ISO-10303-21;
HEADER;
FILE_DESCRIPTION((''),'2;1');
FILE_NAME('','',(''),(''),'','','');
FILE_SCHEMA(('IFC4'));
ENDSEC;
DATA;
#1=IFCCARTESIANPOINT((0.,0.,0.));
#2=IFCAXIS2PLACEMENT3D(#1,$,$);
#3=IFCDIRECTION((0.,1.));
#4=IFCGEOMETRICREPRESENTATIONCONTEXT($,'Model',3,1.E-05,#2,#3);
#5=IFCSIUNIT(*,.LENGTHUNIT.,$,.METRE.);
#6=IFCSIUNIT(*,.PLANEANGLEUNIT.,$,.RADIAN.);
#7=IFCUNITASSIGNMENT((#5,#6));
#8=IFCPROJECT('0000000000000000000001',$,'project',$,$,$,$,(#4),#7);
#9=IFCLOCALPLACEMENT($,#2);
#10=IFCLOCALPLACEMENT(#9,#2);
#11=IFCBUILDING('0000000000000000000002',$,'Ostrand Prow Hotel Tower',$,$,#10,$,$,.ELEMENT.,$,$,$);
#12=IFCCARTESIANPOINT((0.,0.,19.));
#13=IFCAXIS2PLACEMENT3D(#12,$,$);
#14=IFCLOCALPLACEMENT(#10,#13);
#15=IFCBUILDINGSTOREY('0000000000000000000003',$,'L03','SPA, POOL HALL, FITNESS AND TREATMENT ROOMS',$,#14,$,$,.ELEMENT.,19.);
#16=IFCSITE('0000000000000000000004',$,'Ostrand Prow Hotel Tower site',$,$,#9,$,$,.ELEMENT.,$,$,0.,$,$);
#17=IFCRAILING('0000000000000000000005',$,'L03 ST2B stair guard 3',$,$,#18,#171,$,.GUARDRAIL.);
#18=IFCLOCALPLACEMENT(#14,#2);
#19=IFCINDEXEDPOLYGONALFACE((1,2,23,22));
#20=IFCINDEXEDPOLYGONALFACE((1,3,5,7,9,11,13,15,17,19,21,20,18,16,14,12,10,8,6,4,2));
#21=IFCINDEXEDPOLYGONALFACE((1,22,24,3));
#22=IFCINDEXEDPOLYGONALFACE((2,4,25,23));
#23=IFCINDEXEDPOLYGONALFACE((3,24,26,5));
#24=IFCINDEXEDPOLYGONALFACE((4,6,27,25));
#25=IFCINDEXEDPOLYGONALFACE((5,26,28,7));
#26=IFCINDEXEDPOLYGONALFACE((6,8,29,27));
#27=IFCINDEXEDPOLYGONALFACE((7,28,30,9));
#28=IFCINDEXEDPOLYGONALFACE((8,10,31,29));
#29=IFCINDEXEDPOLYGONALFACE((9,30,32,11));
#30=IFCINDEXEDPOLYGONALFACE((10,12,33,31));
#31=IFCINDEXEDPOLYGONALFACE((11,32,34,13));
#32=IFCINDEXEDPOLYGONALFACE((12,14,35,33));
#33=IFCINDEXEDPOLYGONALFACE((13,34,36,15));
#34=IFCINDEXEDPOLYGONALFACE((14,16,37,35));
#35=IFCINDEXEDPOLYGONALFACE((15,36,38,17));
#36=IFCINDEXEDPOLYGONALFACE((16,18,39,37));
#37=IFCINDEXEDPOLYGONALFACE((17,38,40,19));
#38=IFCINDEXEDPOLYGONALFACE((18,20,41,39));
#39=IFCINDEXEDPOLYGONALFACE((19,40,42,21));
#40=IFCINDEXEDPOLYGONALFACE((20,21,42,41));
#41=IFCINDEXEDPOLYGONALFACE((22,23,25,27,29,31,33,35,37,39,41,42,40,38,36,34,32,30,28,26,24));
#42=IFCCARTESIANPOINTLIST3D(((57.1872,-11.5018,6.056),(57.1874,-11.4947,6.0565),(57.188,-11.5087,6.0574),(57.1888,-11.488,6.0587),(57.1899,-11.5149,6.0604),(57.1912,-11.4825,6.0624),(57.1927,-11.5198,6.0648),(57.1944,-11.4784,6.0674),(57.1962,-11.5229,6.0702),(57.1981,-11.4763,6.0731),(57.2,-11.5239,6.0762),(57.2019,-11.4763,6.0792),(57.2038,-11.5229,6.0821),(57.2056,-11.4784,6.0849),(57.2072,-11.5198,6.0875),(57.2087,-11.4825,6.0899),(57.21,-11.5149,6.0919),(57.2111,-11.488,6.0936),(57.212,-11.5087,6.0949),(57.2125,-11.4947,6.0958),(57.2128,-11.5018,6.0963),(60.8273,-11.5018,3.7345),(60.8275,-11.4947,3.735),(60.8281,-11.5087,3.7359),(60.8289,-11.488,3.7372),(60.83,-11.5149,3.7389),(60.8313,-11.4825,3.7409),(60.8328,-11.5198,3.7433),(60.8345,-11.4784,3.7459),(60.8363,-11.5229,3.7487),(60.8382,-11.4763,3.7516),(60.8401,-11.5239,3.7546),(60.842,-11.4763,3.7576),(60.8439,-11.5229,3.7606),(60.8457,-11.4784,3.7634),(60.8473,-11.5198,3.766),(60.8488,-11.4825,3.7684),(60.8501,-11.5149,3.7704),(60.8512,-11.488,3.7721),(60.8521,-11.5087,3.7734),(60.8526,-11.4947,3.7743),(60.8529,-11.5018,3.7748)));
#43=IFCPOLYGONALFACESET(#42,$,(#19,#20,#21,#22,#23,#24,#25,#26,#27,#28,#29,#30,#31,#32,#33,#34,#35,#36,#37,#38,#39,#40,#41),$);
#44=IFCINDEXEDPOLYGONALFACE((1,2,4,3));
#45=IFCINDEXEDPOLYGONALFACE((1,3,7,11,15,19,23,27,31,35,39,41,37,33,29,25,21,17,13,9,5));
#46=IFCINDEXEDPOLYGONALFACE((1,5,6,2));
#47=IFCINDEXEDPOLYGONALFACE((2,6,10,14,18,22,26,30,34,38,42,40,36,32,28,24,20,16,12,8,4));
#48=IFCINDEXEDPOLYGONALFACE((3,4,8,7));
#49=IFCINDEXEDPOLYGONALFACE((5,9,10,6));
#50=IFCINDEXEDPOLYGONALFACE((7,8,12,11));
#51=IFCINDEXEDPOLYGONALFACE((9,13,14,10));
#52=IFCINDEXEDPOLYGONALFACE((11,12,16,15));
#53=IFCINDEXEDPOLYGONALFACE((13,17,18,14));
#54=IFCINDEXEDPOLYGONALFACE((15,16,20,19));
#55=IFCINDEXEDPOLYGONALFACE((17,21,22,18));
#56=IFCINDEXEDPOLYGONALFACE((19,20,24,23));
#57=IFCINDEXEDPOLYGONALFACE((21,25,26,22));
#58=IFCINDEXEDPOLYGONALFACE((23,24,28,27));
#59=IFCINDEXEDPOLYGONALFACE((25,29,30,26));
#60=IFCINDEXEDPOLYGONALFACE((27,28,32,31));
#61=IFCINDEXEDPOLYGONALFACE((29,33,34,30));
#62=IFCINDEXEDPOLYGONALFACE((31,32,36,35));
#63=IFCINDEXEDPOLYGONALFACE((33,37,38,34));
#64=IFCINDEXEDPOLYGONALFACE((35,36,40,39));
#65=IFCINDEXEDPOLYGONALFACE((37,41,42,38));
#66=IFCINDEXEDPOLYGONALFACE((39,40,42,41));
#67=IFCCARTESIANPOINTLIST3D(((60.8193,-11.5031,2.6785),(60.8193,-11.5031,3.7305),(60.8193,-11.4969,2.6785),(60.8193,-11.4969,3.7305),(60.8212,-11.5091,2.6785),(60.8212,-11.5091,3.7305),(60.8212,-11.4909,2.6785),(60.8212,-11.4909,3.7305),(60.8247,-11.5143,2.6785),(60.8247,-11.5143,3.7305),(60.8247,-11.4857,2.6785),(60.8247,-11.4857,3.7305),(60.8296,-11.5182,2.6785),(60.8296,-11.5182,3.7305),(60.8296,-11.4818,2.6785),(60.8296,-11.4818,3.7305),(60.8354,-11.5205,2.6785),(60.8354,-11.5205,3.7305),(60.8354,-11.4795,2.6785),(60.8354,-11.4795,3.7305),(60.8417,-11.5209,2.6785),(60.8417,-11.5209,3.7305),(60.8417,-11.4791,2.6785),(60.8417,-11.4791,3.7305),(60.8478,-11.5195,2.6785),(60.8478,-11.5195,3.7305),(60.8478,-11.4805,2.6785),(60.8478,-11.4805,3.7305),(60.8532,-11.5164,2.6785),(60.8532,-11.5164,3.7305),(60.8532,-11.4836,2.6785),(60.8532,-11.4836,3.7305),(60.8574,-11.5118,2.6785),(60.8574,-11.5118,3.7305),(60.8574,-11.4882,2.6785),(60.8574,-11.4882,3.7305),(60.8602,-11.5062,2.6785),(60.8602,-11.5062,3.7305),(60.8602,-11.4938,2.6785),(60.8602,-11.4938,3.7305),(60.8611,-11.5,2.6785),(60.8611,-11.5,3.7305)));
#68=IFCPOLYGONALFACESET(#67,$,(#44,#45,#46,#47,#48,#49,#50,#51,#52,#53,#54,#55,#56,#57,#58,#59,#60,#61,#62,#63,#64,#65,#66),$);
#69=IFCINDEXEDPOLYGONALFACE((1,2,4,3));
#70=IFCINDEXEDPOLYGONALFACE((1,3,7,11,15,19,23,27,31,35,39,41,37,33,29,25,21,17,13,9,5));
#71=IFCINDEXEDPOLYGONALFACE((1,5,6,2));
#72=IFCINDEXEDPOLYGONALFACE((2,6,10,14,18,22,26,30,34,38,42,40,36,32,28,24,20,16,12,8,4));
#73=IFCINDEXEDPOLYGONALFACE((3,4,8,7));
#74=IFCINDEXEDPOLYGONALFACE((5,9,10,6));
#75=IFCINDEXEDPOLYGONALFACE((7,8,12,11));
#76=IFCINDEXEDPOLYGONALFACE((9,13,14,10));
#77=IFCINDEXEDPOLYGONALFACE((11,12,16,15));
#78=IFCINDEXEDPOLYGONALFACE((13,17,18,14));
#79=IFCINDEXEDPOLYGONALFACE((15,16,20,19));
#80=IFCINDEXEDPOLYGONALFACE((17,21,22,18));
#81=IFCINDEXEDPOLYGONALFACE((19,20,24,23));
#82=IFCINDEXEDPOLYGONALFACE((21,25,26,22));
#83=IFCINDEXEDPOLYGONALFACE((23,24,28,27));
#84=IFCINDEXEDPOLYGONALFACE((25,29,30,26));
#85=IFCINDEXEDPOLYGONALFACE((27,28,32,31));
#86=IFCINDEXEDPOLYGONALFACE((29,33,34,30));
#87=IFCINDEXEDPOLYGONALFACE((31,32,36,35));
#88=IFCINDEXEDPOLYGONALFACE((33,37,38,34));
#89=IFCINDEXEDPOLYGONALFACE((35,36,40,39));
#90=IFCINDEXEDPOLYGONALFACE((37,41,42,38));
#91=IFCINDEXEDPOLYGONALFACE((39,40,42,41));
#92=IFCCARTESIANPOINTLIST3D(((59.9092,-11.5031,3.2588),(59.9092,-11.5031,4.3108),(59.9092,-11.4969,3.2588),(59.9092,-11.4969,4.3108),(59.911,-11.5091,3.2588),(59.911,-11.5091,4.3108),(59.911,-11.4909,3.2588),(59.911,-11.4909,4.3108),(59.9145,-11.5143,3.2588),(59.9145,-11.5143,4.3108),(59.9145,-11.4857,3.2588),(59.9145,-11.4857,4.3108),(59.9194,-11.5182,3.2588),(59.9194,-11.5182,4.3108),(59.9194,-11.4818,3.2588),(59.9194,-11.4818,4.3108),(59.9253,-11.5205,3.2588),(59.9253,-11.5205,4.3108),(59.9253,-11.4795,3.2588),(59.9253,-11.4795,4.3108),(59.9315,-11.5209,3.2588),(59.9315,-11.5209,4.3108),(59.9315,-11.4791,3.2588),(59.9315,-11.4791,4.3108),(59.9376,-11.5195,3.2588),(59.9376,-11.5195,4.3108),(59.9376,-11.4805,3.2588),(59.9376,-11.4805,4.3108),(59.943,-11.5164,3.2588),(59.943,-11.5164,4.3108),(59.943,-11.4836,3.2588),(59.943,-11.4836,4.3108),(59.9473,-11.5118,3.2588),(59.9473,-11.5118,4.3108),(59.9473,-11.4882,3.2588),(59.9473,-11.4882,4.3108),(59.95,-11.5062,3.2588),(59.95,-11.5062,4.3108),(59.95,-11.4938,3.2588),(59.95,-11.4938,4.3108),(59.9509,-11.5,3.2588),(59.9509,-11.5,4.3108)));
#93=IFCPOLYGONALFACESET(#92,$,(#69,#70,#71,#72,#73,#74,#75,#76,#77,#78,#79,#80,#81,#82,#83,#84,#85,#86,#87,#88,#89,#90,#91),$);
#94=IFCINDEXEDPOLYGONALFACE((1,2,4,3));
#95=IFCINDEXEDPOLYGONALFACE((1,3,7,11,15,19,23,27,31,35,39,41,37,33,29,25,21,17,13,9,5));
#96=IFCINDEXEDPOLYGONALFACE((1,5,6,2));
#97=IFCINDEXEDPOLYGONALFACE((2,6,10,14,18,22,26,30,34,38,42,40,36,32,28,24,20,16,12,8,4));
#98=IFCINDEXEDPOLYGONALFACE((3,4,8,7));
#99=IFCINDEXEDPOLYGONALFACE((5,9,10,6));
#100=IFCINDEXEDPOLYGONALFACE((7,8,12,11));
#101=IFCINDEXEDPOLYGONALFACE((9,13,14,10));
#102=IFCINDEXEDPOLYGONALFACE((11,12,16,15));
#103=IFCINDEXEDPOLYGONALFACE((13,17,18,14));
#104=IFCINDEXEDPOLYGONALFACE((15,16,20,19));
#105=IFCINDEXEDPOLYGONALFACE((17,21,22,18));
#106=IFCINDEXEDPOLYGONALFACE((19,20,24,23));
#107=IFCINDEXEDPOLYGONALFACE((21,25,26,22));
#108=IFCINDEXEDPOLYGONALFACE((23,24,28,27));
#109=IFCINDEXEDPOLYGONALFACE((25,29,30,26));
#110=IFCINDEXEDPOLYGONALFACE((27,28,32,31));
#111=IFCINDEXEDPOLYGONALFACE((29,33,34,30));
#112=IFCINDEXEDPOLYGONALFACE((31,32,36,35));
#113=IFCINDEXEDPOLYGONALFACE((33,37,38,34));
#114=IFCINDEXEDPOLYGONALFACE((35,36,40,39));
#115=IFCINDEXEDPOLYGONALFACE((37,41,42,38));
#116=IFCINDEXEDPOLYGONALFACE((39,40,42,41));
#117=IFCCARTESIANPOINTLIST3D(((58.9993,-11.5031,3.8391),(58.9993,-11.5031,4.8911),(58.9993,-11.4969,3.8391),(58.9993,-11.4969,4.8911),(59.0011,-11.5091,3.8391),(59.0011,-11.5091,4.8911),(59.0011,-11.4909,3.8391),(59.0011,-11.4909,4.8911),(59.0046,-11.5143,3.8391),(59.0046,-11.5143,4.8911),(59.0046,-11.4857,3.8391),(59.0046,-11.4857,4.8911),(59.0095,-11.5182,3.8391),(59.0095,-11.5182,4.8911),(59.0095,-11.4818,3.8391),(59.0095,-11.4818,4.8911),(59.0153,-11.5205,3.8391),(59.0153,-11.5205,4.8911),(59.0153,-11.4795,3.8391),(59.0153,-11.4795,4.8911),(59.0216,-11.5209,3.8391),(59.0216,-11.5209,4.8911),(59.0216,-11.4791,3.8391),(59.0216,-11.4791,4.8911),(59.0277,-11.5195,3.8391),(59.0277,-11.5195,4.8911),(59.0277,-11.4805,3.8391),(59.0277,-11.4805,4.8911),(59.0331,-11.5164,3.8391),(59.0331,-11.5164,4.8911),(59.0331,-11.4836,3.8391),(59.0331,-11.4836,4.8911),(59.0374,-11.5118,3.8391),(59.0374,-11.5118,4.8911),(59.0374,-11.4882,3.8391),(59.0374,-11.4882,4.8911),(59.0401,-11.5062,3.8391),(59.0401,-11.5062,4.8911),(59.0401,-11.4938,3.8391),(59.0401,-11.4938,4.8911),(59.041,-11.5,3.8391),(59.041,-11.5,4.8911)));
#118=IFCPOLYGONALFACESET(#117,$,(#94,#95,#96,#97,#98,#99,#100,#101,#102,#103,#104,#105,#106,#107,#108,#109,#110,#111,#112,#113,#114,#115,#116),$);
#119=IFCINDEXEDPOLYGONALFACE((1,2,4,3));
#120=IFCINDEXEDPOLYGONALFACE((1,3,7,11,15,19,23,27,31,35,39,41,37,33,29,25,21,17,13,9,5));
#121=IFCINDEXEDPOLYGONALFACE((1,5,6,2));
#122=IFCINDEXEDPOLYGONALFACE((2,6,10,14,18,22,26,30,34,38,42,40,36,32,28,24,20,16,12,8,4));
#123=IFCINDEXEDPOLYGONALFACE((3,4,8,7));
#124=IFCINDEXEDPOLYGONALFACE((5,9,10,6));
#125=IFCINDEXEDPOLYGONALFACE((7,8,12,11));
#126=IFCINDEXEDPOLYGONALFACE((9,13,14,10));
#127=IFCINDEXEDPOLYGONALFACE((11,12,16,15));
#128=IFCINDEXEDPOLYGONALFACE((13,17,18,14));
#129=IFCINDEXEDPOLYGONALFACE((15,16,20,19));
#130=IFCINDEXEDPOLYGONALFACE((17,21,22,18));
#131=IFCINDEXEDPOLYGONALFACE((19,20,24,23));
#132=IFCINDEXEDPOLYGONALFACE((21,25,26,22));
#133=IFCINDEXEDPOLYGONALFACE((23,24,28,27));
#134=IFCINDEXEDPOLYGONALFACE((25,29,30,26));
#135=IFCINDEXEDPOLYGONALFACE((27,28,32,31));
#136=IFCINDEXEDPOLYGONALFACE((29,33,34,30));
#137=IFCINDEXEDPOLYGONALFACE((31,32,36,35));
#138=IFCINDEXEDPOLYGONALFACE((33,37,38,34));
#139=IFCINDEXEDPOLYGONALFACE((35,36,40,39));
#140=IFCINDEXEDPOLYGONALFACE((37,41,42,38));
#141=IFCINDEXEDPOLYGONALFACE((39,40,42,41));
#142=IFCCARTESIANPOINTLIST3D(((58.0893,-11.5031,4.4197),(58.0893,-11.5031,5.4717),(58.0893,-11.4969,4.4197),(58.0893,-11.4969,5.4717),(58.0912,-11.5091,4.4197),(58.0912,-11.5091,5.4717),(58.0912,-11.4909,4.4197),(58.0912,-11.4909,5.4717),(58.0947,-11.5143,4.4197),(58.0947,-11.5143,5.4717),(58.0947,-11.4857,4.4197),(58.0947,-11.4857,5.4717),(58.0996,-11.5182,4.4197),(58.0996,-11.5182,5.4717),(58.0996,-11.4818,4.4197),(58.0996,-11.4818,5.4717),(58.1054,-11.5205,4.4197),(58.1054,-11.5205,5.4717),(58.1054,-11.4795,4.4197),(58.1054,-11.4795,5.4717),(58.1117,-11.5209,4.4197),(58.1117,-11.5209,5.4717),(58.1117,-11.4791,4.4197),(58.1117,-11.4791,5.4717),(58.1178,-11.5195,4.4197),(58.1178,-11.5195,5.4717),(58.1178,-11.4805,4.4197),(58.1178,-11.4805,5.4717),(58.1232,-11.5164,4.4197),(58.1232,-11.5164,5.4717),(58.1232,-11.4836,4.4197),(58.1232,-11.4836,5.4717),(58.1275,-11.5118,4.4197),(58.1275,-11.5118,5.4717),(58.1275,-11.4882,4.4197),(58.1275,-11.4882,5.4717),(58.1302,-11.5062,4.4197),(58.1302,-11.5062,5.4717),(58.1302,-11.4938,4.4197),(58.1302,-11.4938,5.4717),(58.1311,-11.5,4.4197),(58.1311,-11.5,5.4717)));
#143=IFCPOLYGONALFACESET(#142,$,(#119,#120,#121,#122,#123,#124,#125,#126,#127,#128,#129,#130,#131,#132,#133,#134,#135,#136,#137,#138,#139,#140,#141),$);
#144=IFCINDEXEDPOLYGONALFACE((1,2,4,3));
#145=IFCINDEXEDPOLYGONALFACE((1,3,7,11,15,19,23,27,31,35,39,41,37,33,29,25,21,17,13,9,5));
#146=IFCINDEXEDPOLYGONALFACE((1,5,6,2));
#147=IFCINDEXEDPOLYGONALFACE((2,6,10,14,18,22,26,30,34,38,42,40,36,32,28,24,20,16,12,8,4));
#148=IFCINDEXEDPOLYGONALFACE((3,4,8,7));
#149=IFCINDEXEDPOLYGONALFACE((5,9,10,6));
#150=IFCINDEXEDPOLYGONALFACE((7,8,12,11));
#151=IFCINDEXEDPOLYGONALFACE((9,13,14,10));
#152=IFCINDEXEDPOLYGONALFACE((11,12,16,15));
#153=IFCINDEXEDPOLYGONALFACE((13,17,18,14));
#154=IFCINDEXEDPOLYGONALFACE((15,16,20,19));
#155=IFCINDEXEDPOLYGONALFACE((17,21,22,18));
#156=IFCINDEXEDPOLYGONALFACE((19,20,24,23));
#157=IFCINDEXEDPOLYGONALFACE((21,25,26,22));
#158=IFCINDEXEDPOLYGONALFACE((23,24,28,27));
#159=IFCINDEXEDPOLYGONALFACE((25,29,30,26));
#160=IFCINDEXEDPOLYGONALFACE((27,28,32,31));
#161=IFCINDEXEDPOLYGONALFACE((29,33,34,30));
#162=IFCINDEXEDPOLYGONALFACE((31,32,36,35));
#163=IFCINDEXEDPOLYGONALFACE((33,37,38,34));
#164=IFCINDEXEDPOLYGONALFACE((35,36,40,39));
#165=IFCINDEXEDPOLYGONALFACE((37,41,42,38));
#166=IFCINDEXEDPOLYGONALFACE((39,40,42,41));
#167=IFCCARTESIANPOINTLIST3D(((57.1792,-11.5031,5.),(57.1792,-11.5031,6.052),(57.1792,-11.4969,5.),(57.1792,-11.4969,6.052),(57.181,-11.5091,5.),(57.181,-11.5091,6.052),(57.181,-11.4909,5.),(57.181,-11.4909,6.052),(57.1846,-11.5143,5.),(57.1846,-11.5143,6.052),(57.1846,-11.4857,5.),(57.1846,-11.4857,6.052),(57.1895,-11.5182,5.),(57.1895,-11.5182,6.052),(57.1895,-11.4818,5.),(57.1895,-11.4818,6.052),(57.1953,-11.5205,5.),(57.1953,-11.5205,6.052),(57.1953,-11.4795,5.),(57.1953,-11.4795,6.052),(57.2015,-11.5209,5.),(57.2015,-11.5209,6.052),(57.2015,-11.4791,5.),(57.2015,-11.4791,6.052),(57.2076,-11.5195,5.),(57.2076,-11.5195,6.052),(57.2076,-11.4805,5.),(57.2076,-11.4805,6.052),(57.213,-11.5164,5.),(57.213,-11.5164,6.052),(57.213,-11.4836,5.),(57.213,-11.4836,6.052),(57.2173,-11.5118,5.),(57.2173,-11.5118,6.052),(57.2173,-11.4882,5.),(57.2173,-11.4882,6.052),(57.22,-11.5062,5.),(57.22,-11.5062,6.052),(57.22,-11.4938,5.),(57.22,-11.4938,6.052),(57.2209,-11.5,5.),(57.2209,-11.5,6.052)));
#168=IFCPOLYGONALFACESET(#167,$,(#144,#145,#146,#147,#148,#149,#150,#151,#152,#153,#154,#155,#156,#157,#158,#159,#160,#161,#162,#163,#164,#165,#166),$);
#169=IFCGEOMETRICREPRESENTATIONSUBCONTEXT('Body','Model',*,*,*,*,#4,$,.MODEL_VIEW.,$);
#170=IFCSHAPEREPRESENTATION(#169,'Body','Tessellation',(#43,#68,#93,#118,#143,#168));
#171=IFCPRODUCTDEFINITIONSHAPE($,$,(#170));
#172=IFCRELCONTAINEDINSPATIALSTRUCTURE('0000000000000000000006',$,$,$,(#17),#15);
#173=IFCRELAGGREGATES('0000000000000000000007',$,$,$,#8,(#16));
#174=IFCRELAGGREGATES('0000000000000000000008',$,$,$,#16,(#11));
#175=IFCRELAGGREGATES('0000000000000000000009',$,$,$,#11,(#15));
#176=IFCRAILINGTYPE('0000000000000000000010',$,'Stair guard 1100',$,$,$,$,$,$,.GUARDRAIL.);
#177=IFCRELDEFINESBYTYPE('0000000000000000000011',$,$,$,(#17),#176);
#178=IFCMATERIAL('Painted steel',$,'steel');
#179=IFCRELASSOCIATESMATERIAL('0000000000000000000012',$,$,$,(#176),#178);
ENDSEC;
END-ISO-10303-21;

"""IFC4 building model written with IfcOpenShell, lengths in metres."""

from ifc_helpers import new_model, si_unit, direction, frame, origin, origin_2d, place, context, subcontext, project, spatial, circle, extrude, material, type_object, element, save


model = new_model("IFC4")

# Units and contexts
model_context = context("Model", 3, precision=1e-05, world=origin(), true_north=direction((0.0, 1.0)))
body_context = subcontext(model_context, "Body", "Model", "MODEL_VIEW")
ifc_project = project(units=[si_unit("LENGTHUNIT", "METRE"), si_unit("PLANEANGLEUNIT", "RADIAN")], contexts=[model_context])

# Site, building, storey
site_placement = place(None, origin())
site = spatial("IfcSite", under=ifc_project, at=site_placement, Name="Ostrand Prow Hotel Tower site", CompositionType="ELEMENT", RefElevation=0.0)
building_placement = place(site_placement, origin())
building = spatial("IfcBuilding", under=site, at=building_placement, Name="Ostrand Prow Hotel Tower", CompositionType="ELEMENT")
storey_placement = place(building_placement, frame((0.0, 0.0, 19.0)))
storey = spatial("IfcBuildingStorey", under=building, at=storey_placement, Name="L03", Description="SPA, POOL HALL, FITNESS AND TREATMENT ROOMS", CompositionType="ELEMENT", Elevation=19.0)

# Railing
ifc_material_1 = material(Name="Painted steel", Category="steel")
railing_type_1 = type_object("IfcRailingType", Name="Stair guard 1100", PredefinedType="GUARDRAIL", material=ifc_material_1)
railing_1_placement = place(storey_placement, frame((60.8401, -11.5, 2.6785)))
element("IfcRailing", 1, at=railing_1_placement, inside=storey, type_object=railing_type_1, Name="L03 ST2B stair guard 3", PredefinedType="GUARDRAIL", context=body_context, shape_type="SweptSolid", body=[
    extrude(circle(Radius=0.0239, at=origin_2d()), frame((0.0, 0.0, 1.0762), z_axis=(-0.843128, 0.0, 0.537713), x_axis=(0.0, -1.0, 0.0)), (0.0, 0.0, 1.0), 4.3174),
    extrude(circle(Radius=0.021, at=origin_2d()), origin(), (0.0, 0.0, 1.0), 1.052),
    extrude(circle(Radius=0.021, at=origin_2d()), frame((-0.9102, 0.0, 0.5803)), (0.0, 0.0, 1.0), 1.052),
    extrude(circle(Radius=0.021, at=origin_2d()), frame((-1.8201, 0.0, 1.1606)), (0.0, 0.0, 1.0), 1.052),
    extrude(circle(Radius=0.021, at=origin_2d()), frame((-2.73, 0.0, 1.7412)), (0.0, 0.0, 1.0), 1.052),
    extrude(circle(Radius=0.021, at=origin_2d()), frame((-3.6401, 0.0, 2.3215)), (0.0, 0.0, 1.0), 1.052),
])

save(model, "model.ifc")
